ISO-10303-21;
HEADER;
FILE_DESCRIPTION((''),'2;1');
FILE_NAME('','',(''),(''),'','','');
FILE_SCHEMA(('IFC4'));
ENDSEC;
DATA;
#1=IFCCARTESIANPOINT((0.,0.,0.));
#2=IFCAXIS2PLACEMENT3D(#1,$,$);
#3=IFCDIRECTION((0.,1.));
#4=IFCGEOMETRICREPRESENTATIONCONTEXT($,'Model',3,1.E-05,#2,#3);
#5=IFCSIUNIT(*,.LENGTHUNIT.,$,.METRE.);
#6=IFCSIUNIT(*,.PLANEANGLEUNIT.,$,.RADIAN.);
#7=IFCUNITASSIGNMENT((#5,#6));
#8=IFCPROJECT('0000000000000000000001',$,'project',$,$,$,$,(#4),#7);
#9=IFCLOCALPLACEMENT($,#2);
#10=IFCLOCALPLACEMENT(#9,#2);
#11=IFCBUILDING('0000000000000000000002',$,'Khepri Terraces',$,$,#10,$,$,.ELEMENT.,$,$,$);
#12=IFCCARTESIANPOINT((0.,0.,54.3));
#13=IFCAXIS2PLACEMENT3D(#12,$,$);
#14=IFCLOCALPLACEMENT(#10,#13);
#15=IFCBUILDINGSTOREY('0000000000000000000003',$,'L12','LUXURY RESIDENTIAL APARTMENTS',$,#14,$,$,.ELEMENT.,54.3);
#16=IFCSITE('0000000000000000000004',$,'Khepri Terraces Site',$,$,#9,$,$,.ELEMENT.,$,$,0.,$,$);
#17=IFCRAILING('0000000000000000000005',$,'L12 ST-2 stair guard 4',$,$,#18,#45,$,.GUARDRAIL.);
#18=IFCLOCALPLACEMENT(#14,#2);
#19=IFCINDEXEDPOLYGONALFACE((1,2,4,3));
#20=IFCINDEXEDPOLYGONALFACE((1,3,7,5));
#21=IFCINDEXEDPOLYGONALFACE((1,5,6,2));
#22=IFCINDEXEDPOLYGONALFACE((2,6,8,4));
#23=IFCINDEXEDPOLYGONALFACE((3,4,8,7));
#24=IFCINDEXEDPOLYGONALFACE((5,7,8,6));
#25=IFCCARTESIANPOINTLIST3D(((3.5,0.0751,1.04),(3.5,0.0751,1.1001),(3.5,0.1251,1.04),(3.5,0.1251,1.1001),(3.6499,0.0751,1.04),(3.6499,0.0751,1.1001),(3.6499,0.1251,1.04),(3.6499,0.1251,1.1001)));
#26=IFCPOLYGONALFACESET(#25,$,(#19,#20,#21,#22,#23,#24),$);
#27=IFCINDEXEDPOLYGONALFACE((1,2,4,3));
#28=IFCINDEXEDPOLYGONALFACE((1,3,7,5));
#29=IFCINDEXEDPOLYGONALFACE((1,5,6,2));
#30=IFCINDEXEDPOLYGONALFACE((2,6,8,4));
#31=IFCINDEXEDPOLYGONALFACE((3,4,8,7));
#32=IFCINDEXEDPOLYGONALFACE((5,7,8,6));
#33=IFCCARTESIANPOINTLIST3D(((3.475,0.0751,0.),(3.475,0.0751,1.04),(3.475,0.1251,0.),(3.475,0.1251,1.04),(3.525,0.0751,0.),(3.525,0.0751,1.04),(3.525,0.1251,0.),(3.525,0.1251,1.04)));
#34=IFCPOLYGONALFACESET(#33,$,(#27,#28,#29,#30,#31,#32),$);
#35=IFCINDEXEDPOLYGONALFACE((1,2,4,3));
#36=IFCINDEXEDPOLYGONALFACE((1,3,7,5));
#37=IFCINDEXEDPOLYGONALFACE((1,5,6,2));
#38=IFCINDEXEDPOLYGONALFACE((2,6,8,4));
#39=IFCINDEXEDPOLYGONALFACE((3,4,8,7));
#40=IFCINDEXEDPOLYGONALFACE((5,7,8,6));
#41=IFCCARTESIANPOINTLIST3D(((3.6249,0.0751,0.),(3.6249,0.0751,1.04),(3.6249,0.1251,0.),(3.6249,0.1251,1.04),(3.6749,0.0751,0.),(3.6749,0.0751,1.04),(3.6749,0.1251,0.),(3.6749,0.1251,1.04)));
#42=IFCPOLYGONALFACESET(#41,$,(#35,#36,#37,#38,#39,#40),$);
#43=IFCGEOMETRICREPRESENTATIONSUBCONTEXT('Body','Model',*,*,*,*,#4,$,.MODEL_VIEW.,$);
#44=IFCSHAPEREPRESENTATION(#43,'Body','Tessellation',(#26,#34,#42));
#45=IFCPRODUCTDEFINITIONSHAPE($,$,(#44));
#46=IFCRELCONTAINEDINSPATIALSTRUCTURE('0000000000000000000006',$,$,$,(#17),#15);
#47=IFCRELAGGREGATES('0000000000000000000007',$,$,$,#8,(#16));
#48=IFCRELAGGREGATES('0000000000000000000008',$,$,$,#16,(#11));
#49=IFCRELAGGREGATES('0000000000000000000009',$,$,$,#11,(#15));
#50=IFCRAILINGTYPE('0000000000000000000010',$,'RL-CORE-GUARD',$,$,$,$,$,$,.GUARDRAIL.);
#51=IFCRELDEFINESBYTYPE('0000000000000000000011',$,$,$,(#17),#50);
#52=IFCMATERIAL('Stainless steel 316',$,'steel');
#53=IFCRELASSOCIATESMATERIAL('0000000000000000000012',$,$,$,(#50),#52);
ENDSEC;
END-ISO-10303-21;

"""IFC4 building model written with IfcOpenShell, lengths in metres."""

from ifc_helpers import new_model, si_unit, direction, frame, origin, origin_2d, place, context, subcontext, project, spatial, rectangle, extrude, material, type_object, element, save


model = new_model("IFC4")

# Units and contexts
model_context = context("Model", 3, precision=1e-05, world=origin(), true_north=direction((0.0, 1.0)))
body_context = subcontext(model_context, "Body", "Model", "MODEL_VIEW")
ifc_project = project(units=[si_unit("LENGTHUNIT", "METRE"), si_unit("PLANEANGLEUNIT", "RADIAN")], contexts=[model_context])

# Site, building, storey
site_placement = place(None, origin())
site = spatial("IfcSite", under=ifc_project, at=site_placement, Name="Khepri Terraces Site", CompositionType="ELEMENT", RefElevation=0.0)
building_placement = place(site_placement, origin())
building = spatial("IfcBuilding", under=site, at=building_placement, Name="Khepri Terraces", CompositionType="ELEMENT")
storey_placement = place(building_placement, frame((0.0, 0.0, 54.3)))
storey = spatial("IfcBuildingStorey", under=building, at=storey_placement, Name="L12", Description="LUXURY RESIDENTIAL APARTMENTS", CompositionType="ELEMENT", Elevation=54.3)

# Railing
ifc_material_1 = material(Name="Stainless steel 316", Category="steel")
railing_type = type_object("IfcRailingType", Name="RL-CORE-GUARD", PredefinedType="GUARDRAIL", material=ifc_material_1)
railing_placement = place(storey_placement, frame((3.5, 0.1001, 0.0)))
element("IfcRailing", 1, at=railing_placement, inside=storey, type_object=railing_type, Name="L12 ST-2 stair guard 4", PredefinedType="GUARDRAIL", context=body_context, shape_type="SweptSolid", body=[
    extrude(rectangle(XDim=0.05, YDim=0.0601, at=origin_2d()), frame((0.0, 0.0, 1.0701), z_axis=(1.0, 0.0, 0.0), x_axis=(0.0, 1.0, 0.0)), (0.0, 0.0, 1.0), 0.1499),
    extrude(rectangle(XDim=0.05, YDim=0.05, at=origin_2d()), origin(), (0.0, 0.0, 1.0), 1.04),
    extrude(rectangle(XDim=0.05, YDim=0.05, at=origin_2d()), frame((0.1499, 0.0, 0.0)), (0.0, 0.0, 1.0), 1.04),
])

save(model, "model.ifc")
